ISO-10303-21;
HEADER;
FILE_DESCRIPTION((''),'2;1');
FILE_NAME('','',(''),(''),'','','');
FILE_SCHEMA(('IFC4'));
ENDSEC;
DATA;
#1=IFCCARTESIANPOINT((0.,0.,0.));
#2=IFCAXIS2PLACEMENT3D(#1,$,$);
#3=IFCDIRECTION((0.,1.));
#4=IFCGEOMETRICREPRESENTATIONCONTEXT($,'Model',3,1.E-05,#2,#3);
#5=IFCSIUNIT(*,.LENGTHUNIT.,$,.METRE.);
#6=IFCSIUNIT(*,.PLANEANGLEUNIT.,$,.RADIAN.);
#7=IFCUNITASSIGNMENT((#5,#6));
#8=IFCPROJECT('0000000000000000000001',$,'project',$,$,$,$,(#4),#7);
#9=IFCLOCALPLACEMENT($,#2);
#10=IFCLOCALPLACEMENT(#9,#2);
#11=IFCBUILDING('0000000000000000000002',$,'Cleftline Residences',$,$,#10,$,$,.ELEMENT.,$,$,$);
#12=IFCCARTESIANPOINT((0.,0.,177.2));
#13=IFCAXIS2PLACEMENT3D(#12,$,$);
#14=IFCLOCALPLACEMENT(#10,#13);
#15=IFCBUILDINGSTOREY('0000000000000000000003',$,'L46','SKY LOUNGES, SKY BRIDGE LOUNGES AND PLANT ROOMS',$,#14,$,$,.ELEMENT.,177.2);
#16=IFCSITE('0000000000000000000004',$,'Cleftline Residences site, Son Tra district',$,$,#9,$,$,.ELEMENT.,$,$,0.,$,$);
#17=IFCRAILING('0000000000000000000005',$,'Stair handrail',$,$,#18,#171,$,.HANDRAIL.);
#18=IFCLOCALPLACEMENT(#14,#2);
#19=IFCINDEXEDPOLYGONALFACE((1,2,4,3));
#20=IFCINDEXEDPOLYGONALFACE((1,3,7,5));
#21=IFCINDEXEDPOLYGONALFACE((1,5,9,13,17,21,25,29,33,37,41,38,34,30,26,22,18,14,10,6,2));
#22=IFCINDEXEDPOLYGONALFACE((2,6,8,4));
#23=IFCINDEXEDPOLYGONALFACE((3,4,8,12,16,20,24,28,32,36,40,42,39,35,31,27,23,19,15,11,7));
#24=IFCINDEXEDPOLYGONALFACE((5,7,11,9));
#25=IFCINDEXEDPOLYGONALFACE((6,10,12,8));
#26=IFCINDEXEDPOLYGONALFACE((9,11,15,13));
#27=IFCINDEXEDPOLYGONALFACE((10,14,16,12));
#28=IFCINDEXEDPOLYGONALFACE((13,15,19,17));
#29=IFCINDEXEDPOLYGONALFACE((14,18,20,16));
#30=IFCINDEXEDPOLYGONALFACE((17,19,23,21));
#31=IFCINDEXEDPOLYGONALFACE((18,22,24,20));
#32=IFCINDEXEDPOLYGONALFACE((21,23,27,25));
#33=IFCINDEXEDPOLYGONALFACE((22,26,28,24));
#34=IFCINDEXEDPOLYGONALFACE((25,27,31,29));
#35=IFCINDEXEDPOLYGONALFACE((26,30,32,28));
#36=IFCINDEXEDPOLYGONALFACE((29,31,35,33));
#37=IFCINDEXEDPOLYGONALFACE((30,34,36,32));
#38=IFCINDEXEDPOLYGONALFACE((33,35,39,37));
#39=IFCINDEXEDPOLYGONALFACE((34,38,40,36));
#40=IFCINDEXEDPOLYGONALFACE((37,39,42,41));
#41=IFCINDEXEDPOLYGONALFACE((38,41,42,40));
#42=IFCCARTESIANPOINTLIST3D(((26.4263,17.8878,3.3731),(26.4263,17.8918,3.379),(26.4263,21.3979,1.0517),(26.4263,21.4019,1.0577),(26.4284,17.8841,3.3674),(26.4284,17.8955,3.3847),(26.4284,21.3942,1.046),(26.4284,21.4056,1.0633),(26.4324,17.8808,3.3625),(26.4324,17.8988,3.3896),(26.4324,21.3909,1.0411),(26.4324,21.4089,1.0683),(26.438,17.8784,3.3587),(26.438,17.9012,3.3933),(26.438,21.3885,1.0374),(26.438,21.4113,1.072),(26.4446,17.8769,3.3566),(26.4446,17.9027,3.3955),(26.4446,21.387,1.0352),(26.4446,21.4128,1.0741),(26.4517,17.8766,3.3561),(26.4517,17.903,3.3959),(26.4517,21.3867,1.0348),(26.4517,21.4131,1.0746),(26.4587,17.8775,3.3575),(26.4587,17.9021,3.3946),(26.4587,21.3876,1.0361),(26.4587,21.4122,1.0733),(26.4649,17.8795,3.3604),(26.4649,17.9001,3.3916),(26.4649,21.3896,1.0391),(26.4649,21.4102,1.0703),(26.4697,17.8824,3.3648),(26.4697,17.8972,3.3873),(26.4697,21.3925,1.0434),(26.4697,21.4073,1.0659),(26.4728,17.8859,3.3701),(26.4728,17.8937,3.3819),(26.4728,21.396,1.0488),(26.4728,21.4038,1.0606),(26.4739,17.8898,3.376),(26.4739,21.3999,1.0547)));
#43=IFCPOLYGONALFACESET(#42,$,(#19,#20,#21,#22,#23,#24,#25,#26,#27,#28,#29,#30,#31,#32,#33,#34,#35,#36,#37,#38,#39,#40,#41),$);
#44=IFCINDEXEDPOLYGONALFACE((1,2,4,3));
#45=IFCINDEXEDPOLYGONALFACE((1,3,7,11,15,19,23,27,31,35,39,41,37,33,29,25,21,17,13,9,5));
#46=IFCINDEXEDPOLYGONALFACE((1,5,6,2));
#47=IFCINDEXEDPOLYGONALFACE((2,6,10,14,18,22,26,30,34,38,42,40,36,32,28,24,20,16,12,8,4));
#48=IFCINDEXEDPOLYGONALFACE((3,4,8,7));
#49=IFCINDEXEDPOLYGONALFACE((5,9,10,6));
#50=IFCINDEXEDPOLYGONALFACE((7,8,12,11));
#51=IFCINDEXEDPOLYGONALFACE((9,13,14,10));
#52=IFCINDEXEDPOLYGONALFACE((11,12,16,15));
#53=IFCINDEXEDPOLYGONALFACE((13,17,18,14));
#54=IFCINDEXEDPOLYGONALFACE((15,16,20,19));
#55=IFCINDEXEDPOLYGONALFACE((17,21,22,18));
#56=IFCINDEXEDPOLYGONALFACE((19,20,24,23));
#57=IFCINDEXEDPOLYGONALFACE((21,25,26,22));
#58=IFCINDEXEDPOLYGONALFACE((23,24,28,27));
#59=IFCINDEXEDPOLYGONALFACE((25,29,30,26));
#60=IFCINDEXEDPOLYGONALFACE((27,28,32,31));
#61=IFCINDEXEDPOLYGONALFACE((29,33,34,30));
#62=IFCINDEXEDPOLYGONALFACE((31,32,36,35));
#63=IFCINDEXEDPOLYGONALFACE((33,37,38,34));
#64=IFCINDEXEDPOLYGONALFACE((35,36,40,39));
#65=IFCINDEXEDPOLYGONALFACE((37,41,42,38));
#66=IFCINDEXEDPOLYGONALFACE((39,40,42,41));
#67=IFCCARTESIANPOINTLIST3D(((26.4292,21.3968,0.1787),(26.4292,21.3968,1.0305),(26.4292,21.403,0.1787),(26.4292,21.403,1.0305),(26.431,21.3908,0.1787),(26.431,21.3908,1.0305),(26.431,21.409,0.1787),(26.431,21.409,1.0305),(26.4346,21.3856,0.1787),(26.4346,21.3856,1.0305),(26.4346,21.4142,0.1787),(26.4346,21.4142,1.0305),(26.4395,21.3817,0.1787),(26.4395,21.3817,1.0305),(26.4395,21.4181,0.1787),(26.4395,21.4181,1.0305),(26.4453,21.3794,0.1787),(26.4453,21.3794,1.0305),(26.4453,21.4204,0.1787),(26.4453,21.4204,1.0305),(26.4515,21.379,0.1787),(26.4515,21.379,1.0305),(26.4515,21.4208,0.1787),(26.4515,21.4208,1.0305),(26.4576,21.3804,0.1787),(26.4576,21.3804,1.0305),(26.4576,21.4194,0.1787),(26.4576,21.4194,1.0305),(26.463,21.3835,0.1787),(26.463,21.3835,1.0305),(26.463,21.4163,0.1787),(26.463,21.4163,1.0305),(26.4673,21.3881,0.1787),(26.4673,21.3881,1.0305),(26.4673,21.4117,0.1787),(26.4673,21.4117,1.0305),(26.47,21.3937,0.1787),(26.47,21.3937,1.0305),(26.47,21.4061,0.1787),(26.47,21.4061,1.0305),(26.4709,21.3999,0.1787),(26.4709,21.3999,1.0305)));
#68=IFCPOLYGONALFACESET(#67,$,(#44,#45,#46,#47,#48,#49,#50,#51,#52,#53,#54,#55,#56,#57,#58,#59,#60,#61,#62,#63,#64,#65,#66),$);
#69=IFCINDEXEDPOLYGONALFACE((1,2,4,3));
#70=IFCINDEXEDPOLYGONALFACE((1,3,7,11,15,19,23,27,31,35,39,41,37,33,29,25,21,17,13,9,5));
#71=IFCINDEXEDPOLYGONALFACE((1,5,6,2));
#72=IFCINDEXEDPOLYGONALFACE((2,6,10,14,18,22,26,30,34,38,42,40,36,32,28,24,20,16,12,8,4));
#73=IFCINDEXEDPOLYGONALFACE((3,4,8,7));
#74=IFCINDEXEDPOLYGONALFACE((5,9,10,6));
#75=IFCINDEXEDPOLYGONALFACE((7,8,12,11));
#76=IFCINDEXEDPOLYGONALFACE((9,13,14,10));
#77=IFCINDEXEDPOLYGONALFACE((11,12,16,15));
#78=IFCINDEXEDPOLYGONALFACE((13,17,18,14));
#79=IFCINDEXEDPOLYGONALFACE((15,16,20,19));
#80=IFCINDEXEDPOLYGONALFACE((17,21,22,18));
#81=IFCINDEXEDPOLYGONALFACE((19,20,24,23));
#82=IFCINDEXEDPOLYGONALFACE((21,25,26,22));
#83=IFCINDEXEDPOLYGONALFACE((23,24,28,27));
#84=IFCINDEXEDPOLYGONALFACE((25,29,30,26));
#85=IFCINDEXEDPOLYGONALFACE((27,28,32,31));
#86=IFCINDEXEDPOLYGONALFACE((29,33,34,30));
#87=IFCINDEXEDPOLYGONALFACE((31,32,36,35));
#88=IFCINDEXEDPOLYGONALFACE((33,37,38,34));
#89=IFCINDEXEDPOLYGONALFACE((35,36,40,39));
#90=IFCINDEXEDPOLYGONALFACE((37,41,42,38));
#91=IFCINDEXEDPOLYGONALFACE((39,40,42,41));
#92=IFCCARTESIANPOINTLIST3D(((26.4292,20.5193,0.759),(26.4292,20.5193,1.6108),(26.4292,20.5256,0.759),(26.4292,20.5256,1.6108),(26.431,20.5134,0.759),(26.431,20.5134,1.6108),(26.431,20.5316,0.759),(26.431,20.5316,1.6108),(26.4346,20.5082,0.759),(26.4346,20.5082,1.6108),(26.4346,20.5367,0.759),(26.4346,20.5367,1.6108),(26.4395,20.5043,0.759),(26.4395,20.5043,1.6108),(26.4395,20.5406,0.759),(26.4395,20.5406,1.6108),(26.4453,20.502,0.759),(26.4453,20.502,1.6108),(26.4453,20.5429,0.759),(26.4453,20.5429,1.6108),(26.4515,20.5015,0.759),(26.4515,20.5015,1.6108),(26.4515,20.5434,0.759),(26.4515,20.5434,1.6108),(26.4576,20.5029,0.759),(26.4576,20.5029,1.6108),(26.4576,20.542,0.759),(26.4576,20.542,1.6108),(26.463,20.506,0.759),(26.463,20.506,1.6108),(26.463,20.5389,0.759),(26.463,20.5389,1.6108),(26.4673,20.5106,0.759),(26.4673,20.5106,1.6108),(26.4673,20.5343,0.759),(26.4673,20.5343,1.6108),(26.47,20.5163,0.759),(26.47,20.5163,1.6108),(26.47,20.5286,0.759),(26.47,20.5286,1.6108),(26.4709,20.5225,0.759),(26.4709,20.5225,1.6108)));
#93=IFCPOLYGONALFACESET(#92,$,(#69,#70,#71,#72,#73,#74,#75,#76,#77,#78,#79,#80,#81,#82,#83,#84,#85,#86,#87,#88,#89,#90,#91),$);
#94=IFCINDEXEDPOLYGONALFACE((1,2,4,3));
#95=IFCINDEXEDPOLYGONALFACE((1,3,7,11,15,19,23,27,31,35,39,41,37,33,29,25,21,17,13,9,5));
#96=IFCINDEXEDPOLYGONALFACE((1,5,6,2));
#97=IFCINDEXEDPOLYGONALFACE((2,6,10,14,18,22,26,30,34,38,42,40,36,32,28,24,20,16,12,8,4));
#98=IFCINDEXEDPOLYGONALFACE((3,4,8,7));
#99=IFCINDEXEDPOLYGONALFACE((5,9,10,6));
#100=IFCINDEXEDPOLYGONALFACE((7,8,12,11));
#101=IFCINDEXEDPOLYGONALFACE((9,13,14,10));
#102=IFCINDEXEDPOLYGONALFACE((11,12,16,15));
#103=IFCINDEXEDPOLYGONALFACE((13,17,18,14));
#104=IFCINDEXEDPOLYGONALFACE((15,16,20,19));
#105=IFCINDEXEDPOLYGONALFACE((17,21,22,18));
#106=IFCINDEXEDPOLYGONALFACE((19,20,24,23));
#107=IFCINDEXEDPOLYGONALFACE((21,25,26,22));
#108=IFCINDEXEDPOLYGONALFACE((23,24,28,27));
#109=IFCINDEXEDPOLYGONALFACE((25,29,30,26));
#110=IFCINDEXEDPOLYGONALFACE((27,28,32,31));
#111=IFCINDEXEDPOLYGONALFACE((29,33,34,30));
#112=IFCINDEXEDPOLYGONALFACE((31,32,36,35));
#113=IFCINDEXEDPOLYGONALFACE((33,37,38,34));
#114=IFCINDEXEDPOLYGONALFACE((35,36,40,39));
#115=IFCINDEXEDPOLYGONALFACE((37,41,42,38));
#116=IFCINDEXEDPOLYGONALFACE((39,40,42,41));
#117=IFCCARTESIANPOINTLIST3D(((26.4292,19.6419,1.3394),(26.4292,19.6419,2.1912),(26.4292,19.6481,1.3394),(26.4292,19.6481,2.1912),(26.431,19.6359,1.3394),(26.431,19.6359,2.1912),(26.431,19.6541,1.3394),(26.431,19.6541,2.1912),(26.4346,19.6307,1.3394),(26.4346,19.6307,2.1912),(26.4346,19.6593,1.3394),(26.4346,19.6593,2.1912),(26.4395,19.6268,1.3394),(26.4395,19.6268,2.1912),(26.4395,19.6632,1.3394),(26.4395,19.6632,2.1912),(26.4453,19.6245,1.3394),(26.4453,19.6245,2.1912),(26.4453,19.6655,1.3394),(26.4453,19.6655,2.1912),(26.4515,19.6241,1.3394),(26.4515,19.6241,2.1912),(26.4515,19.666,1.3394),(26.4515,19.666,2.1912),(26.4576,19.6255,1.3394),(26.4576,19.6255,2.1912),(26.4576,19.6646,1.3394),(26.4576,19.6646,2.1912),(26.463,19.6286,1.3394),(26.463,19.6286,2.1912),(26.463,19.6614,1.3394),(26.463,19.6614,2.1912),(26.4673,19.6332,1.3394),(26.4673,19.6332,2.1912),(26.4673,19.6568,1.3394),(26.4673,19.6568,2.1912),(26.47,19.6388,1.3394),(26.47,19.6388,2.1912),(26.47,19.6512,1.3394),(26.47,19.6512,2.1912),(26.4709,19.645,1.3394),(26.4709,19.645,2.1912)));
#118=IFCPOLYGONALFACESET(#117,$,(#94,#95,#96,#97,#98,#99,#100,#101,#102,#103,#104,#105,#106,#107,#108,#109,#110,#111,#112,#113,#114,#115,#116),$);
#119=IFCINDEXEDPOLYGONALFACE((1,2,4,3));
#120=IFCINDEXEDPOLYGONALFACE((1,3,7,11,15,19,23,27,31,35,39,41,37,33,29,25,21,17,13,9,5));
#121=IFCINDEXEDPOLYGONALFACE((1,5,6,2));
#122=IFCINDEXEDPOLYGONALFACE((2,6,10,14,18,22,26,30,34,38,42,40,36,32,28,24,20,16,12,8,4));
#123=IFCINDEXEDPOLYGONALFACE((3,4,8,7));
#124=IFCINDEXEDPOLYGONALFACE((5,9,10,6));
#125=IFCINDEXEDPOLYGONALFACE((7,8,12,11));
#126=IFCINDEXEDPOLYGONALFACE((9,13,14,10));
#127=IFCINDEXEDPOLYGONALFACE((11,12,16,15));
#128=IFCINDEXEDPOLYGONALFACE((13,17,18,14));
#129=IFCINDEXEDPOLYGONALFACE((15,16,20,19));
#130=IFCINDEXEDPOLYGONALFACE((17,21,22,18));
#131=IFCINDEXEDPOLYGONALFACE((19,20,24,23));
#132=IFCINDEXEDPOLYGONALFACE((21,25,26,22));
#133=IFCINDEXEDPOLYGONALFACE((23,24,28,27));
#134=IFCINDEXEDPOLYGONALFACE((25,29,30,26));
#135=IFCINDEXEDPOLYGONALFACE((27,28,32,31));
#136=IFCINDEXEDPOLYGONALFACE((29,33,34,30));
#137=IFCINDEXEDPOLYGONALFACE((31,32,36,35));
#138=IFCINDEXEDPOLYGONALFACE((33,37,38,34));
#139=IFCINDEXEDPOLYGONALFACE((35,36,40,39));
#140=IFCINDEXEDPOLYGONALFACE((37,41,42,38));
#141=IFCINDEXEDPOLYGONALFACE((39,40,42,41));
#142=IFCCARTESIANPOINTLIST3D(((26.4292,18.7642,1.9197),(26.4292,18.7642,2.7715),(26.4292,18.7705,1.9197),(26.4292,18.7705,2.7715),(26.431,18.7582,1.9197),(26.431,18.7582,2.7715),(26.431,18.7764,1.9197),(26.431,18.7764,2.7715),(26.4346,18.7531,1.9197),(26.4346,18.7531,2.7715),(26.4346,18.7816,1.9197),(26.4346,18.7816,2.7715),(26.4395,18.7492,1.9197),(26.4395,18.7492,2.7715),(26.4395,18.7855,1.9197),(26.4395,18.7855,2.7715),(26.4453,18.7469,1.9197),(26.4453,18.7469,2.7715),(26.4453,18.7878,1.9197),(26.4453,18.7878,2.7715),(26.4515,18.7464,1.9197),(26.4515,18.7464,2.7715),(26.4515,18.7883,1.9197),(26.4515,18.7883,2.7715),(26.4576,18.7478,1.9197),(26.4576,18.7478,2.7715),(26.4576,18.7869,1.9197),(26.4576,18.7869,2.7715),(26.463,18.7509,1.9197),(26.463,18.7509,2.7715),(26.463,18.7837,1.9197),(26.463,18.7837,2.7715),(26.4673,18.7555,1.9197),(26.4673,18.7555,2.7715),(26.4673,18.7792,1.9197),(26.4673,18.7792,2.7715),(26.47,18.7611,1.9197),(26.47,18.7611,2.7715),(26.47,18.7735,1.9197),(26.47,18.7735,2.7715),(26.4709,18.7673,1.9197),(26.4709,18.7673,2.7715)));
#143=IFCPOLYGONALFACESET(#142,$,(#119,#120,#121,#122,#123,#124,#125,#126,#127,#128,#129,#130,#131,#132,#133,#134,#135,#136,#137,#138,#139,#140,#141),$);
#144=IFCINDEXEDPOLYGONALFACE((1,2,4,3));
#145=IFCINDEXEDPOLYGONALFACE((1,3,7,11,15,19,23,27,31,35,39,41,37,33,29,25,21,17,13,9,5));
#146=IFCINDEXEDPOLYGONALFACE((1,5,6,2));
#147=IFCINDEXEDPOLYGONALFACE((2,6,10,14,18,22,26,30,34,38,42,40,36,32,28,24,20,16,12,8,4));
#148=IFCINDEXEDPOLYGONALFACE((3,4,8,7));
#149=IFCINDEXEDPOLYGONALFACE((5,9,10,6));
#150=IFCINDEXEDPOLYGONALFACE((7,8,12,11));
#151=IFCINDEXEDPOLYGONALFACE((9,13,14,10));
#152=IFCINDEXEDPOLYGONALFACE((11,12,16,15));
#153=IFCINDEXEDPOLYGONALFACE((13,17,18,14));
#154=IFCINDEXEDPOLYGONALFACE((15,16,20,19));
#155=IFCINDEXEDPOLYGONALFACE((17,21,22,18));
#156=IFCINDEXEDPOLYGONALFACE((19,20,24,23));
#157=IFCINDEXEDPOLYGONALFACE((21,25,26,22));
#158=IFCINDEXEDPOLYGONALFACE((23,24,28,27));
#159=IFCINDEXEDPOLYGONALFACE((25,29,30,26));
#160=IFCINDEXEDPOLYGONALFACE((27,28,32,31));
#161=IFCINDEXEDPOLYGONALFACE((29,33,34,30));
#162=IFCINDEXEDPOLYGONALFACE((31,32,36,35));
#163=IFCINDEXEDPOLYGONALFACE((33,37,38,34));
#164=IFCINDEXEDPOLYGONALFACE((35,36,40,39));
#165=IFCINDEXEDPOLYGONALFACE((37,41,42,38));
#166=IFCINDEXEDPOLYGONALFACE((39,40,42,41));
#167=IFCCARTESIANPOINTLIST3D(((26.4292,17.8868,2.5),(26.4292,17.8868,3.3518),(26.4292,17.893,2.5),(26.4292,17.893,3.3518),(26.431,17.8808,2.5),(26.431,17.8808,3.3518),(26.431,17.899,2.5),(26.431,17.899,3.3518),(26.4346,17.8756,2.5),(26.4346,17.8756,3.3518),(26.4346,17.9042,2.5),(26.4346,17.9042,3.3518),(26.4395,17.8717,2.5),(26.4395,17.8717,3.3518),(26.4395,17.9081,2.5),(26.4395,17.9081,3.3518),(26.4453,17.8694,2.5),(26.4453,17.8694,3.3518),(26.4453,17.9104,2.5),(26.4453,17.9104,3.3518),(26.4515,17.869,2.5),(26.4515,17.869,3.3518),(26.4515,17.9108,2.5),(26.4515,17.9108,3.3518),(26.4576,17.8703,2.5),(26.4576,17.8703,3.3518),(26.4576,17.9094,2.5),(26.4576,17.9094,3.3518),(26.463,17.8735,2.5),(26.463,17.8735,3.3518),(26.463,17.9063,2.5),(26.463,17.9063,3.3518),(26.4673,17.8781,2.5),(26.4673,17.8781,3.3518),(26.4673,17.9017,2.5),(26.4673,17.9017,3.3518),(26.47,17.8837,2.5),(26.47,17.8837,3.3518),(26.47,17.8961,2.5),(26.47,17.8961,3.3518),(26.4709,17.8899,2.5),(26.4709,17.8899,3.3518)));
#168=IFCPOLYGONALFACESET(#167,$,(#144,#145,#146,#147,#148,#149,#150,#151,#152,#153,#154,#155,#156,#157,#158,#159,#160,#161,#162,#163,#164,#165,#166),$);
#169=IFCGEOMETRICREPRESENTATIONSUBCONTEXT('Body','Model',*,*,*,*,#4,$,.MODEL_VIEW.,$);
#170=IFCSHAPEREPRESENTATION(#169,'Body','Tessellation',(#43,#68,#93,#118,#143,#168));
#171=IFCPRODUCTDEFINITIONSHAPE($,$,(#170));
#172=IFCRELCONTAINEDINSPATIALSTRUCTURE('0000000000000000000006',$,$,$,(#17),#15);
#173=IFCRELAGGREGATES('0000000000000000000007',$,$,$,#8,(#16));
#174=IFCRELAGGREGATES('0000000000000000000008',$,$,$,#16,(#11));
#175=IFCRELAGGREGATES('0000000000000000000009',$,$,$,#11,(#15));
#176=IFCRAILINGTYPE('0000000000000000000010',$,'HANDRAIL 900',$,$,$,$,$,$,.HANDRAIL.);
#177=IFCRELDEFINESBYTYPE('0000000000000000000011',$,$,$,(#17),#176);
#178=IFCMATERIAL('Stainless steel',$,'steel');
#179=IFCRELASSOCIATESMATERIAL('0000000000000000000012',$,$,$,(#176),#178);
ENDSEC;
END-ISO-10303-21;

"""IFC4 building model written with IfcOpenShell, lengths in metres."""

from ifc_helpers import new_model, si_unit, direction, frame, origin, origin_2d, place, context, subcontext, project, spatial, circle, extrude, material, type_object, element, save


model = new_model("IFC4")

# Units and contexts
model_context = context("Model", 3, precision=1e-05, world=origin(), true_north=direction((0.0, 1.0)))
body_context = subcontext(model_context, "Body", "Model", "MODEL_VIEW")
ifc_project = project(units=[si_unit("LENGTHUNIT", "METRE"), si_unit("PLANEANGLEUNIT", "RADIAN")], contexts=[model_context])

# Site, building, storey
site_placement = place(None, origin())
site = spatial("IfcSite", under=ifc_project, at=site_placement, Name="Cleftline Residences site, Son Tra district", CompositionType="ELEMENT", RefElevation=0.0)
building_placement = place(site_placement, origin())
building = spatial("IfcBuilding", under=site, at=building_placement, Name="Cleftline Residences", CompositionType="ELEMENT")
storey_placement = place(building_placement, frame((0.0, 0.0, 177.2)))
storey = spatial("IfcBuildingStorey", under=building, at=storey_placement, Name="L46", Description="SKY LOUNGES, SKY BRIDGE LOUNGES AND PLANT ROOMS", CompositionType="ELEMENT", Elevation=177.2)

# Railing
ifc_material_1 = material(Name="Stainless steel", Category="steel")
railing_type = type_object("IfcRailingType", Name="HANDRAIL 900", PredefinedType="HANDRAIL", material=ifc_material_1)
railing_1_placement = place(storey_placement, frame((26.45, 21.3999, 0.1787)))
element("IfcRailing", 1, at=railing_1_placement, inside=storey, type_object=railing_type, Name="Stair handrail", PredefinedType="HANDRAIL", context=body_context, shape_type="SweptSolid", body=[
    extrude(circle(Radius=0.0239, at=origin_2d()), frame((0.0, 0.0, 0.876), z_axis=(0.0, -0.834097, 0.551617), x_axis=(1.0, 0.0, 0.0)), (0.0, 0.0, 1.0), 4.2083),
    extrude(circle(Radius=0.021, at=origin_2d()), origin(), (0.0, 0.0, 1.0), 0.8518),
    extrude(circle(Radius=0.021, at=origin_2d()), frame((0.0, -0.8774, 0.5803)), (0.0, 0.0, 1.0), 0.8518),
    extrude(circle(Radius=0.021, at=origin_2d()), frame((0.0, -1.7549, 1.1606)), (0.0, 0.0, 1.0), 0.8518),
    extrude(circle(Radius=0.021, at=origin_2d()), frame((0.0, -2.6326, 1.741)), (0.0, 0.0, 1.0), 0.8518),
    extrude(circle(Radius=0.021, at=origin_2d()), frame((0.0, -3.51, 2.3213)), (0.0, 0.0, 1.0), 0.8518),
])

save(model, "model.ifc")
